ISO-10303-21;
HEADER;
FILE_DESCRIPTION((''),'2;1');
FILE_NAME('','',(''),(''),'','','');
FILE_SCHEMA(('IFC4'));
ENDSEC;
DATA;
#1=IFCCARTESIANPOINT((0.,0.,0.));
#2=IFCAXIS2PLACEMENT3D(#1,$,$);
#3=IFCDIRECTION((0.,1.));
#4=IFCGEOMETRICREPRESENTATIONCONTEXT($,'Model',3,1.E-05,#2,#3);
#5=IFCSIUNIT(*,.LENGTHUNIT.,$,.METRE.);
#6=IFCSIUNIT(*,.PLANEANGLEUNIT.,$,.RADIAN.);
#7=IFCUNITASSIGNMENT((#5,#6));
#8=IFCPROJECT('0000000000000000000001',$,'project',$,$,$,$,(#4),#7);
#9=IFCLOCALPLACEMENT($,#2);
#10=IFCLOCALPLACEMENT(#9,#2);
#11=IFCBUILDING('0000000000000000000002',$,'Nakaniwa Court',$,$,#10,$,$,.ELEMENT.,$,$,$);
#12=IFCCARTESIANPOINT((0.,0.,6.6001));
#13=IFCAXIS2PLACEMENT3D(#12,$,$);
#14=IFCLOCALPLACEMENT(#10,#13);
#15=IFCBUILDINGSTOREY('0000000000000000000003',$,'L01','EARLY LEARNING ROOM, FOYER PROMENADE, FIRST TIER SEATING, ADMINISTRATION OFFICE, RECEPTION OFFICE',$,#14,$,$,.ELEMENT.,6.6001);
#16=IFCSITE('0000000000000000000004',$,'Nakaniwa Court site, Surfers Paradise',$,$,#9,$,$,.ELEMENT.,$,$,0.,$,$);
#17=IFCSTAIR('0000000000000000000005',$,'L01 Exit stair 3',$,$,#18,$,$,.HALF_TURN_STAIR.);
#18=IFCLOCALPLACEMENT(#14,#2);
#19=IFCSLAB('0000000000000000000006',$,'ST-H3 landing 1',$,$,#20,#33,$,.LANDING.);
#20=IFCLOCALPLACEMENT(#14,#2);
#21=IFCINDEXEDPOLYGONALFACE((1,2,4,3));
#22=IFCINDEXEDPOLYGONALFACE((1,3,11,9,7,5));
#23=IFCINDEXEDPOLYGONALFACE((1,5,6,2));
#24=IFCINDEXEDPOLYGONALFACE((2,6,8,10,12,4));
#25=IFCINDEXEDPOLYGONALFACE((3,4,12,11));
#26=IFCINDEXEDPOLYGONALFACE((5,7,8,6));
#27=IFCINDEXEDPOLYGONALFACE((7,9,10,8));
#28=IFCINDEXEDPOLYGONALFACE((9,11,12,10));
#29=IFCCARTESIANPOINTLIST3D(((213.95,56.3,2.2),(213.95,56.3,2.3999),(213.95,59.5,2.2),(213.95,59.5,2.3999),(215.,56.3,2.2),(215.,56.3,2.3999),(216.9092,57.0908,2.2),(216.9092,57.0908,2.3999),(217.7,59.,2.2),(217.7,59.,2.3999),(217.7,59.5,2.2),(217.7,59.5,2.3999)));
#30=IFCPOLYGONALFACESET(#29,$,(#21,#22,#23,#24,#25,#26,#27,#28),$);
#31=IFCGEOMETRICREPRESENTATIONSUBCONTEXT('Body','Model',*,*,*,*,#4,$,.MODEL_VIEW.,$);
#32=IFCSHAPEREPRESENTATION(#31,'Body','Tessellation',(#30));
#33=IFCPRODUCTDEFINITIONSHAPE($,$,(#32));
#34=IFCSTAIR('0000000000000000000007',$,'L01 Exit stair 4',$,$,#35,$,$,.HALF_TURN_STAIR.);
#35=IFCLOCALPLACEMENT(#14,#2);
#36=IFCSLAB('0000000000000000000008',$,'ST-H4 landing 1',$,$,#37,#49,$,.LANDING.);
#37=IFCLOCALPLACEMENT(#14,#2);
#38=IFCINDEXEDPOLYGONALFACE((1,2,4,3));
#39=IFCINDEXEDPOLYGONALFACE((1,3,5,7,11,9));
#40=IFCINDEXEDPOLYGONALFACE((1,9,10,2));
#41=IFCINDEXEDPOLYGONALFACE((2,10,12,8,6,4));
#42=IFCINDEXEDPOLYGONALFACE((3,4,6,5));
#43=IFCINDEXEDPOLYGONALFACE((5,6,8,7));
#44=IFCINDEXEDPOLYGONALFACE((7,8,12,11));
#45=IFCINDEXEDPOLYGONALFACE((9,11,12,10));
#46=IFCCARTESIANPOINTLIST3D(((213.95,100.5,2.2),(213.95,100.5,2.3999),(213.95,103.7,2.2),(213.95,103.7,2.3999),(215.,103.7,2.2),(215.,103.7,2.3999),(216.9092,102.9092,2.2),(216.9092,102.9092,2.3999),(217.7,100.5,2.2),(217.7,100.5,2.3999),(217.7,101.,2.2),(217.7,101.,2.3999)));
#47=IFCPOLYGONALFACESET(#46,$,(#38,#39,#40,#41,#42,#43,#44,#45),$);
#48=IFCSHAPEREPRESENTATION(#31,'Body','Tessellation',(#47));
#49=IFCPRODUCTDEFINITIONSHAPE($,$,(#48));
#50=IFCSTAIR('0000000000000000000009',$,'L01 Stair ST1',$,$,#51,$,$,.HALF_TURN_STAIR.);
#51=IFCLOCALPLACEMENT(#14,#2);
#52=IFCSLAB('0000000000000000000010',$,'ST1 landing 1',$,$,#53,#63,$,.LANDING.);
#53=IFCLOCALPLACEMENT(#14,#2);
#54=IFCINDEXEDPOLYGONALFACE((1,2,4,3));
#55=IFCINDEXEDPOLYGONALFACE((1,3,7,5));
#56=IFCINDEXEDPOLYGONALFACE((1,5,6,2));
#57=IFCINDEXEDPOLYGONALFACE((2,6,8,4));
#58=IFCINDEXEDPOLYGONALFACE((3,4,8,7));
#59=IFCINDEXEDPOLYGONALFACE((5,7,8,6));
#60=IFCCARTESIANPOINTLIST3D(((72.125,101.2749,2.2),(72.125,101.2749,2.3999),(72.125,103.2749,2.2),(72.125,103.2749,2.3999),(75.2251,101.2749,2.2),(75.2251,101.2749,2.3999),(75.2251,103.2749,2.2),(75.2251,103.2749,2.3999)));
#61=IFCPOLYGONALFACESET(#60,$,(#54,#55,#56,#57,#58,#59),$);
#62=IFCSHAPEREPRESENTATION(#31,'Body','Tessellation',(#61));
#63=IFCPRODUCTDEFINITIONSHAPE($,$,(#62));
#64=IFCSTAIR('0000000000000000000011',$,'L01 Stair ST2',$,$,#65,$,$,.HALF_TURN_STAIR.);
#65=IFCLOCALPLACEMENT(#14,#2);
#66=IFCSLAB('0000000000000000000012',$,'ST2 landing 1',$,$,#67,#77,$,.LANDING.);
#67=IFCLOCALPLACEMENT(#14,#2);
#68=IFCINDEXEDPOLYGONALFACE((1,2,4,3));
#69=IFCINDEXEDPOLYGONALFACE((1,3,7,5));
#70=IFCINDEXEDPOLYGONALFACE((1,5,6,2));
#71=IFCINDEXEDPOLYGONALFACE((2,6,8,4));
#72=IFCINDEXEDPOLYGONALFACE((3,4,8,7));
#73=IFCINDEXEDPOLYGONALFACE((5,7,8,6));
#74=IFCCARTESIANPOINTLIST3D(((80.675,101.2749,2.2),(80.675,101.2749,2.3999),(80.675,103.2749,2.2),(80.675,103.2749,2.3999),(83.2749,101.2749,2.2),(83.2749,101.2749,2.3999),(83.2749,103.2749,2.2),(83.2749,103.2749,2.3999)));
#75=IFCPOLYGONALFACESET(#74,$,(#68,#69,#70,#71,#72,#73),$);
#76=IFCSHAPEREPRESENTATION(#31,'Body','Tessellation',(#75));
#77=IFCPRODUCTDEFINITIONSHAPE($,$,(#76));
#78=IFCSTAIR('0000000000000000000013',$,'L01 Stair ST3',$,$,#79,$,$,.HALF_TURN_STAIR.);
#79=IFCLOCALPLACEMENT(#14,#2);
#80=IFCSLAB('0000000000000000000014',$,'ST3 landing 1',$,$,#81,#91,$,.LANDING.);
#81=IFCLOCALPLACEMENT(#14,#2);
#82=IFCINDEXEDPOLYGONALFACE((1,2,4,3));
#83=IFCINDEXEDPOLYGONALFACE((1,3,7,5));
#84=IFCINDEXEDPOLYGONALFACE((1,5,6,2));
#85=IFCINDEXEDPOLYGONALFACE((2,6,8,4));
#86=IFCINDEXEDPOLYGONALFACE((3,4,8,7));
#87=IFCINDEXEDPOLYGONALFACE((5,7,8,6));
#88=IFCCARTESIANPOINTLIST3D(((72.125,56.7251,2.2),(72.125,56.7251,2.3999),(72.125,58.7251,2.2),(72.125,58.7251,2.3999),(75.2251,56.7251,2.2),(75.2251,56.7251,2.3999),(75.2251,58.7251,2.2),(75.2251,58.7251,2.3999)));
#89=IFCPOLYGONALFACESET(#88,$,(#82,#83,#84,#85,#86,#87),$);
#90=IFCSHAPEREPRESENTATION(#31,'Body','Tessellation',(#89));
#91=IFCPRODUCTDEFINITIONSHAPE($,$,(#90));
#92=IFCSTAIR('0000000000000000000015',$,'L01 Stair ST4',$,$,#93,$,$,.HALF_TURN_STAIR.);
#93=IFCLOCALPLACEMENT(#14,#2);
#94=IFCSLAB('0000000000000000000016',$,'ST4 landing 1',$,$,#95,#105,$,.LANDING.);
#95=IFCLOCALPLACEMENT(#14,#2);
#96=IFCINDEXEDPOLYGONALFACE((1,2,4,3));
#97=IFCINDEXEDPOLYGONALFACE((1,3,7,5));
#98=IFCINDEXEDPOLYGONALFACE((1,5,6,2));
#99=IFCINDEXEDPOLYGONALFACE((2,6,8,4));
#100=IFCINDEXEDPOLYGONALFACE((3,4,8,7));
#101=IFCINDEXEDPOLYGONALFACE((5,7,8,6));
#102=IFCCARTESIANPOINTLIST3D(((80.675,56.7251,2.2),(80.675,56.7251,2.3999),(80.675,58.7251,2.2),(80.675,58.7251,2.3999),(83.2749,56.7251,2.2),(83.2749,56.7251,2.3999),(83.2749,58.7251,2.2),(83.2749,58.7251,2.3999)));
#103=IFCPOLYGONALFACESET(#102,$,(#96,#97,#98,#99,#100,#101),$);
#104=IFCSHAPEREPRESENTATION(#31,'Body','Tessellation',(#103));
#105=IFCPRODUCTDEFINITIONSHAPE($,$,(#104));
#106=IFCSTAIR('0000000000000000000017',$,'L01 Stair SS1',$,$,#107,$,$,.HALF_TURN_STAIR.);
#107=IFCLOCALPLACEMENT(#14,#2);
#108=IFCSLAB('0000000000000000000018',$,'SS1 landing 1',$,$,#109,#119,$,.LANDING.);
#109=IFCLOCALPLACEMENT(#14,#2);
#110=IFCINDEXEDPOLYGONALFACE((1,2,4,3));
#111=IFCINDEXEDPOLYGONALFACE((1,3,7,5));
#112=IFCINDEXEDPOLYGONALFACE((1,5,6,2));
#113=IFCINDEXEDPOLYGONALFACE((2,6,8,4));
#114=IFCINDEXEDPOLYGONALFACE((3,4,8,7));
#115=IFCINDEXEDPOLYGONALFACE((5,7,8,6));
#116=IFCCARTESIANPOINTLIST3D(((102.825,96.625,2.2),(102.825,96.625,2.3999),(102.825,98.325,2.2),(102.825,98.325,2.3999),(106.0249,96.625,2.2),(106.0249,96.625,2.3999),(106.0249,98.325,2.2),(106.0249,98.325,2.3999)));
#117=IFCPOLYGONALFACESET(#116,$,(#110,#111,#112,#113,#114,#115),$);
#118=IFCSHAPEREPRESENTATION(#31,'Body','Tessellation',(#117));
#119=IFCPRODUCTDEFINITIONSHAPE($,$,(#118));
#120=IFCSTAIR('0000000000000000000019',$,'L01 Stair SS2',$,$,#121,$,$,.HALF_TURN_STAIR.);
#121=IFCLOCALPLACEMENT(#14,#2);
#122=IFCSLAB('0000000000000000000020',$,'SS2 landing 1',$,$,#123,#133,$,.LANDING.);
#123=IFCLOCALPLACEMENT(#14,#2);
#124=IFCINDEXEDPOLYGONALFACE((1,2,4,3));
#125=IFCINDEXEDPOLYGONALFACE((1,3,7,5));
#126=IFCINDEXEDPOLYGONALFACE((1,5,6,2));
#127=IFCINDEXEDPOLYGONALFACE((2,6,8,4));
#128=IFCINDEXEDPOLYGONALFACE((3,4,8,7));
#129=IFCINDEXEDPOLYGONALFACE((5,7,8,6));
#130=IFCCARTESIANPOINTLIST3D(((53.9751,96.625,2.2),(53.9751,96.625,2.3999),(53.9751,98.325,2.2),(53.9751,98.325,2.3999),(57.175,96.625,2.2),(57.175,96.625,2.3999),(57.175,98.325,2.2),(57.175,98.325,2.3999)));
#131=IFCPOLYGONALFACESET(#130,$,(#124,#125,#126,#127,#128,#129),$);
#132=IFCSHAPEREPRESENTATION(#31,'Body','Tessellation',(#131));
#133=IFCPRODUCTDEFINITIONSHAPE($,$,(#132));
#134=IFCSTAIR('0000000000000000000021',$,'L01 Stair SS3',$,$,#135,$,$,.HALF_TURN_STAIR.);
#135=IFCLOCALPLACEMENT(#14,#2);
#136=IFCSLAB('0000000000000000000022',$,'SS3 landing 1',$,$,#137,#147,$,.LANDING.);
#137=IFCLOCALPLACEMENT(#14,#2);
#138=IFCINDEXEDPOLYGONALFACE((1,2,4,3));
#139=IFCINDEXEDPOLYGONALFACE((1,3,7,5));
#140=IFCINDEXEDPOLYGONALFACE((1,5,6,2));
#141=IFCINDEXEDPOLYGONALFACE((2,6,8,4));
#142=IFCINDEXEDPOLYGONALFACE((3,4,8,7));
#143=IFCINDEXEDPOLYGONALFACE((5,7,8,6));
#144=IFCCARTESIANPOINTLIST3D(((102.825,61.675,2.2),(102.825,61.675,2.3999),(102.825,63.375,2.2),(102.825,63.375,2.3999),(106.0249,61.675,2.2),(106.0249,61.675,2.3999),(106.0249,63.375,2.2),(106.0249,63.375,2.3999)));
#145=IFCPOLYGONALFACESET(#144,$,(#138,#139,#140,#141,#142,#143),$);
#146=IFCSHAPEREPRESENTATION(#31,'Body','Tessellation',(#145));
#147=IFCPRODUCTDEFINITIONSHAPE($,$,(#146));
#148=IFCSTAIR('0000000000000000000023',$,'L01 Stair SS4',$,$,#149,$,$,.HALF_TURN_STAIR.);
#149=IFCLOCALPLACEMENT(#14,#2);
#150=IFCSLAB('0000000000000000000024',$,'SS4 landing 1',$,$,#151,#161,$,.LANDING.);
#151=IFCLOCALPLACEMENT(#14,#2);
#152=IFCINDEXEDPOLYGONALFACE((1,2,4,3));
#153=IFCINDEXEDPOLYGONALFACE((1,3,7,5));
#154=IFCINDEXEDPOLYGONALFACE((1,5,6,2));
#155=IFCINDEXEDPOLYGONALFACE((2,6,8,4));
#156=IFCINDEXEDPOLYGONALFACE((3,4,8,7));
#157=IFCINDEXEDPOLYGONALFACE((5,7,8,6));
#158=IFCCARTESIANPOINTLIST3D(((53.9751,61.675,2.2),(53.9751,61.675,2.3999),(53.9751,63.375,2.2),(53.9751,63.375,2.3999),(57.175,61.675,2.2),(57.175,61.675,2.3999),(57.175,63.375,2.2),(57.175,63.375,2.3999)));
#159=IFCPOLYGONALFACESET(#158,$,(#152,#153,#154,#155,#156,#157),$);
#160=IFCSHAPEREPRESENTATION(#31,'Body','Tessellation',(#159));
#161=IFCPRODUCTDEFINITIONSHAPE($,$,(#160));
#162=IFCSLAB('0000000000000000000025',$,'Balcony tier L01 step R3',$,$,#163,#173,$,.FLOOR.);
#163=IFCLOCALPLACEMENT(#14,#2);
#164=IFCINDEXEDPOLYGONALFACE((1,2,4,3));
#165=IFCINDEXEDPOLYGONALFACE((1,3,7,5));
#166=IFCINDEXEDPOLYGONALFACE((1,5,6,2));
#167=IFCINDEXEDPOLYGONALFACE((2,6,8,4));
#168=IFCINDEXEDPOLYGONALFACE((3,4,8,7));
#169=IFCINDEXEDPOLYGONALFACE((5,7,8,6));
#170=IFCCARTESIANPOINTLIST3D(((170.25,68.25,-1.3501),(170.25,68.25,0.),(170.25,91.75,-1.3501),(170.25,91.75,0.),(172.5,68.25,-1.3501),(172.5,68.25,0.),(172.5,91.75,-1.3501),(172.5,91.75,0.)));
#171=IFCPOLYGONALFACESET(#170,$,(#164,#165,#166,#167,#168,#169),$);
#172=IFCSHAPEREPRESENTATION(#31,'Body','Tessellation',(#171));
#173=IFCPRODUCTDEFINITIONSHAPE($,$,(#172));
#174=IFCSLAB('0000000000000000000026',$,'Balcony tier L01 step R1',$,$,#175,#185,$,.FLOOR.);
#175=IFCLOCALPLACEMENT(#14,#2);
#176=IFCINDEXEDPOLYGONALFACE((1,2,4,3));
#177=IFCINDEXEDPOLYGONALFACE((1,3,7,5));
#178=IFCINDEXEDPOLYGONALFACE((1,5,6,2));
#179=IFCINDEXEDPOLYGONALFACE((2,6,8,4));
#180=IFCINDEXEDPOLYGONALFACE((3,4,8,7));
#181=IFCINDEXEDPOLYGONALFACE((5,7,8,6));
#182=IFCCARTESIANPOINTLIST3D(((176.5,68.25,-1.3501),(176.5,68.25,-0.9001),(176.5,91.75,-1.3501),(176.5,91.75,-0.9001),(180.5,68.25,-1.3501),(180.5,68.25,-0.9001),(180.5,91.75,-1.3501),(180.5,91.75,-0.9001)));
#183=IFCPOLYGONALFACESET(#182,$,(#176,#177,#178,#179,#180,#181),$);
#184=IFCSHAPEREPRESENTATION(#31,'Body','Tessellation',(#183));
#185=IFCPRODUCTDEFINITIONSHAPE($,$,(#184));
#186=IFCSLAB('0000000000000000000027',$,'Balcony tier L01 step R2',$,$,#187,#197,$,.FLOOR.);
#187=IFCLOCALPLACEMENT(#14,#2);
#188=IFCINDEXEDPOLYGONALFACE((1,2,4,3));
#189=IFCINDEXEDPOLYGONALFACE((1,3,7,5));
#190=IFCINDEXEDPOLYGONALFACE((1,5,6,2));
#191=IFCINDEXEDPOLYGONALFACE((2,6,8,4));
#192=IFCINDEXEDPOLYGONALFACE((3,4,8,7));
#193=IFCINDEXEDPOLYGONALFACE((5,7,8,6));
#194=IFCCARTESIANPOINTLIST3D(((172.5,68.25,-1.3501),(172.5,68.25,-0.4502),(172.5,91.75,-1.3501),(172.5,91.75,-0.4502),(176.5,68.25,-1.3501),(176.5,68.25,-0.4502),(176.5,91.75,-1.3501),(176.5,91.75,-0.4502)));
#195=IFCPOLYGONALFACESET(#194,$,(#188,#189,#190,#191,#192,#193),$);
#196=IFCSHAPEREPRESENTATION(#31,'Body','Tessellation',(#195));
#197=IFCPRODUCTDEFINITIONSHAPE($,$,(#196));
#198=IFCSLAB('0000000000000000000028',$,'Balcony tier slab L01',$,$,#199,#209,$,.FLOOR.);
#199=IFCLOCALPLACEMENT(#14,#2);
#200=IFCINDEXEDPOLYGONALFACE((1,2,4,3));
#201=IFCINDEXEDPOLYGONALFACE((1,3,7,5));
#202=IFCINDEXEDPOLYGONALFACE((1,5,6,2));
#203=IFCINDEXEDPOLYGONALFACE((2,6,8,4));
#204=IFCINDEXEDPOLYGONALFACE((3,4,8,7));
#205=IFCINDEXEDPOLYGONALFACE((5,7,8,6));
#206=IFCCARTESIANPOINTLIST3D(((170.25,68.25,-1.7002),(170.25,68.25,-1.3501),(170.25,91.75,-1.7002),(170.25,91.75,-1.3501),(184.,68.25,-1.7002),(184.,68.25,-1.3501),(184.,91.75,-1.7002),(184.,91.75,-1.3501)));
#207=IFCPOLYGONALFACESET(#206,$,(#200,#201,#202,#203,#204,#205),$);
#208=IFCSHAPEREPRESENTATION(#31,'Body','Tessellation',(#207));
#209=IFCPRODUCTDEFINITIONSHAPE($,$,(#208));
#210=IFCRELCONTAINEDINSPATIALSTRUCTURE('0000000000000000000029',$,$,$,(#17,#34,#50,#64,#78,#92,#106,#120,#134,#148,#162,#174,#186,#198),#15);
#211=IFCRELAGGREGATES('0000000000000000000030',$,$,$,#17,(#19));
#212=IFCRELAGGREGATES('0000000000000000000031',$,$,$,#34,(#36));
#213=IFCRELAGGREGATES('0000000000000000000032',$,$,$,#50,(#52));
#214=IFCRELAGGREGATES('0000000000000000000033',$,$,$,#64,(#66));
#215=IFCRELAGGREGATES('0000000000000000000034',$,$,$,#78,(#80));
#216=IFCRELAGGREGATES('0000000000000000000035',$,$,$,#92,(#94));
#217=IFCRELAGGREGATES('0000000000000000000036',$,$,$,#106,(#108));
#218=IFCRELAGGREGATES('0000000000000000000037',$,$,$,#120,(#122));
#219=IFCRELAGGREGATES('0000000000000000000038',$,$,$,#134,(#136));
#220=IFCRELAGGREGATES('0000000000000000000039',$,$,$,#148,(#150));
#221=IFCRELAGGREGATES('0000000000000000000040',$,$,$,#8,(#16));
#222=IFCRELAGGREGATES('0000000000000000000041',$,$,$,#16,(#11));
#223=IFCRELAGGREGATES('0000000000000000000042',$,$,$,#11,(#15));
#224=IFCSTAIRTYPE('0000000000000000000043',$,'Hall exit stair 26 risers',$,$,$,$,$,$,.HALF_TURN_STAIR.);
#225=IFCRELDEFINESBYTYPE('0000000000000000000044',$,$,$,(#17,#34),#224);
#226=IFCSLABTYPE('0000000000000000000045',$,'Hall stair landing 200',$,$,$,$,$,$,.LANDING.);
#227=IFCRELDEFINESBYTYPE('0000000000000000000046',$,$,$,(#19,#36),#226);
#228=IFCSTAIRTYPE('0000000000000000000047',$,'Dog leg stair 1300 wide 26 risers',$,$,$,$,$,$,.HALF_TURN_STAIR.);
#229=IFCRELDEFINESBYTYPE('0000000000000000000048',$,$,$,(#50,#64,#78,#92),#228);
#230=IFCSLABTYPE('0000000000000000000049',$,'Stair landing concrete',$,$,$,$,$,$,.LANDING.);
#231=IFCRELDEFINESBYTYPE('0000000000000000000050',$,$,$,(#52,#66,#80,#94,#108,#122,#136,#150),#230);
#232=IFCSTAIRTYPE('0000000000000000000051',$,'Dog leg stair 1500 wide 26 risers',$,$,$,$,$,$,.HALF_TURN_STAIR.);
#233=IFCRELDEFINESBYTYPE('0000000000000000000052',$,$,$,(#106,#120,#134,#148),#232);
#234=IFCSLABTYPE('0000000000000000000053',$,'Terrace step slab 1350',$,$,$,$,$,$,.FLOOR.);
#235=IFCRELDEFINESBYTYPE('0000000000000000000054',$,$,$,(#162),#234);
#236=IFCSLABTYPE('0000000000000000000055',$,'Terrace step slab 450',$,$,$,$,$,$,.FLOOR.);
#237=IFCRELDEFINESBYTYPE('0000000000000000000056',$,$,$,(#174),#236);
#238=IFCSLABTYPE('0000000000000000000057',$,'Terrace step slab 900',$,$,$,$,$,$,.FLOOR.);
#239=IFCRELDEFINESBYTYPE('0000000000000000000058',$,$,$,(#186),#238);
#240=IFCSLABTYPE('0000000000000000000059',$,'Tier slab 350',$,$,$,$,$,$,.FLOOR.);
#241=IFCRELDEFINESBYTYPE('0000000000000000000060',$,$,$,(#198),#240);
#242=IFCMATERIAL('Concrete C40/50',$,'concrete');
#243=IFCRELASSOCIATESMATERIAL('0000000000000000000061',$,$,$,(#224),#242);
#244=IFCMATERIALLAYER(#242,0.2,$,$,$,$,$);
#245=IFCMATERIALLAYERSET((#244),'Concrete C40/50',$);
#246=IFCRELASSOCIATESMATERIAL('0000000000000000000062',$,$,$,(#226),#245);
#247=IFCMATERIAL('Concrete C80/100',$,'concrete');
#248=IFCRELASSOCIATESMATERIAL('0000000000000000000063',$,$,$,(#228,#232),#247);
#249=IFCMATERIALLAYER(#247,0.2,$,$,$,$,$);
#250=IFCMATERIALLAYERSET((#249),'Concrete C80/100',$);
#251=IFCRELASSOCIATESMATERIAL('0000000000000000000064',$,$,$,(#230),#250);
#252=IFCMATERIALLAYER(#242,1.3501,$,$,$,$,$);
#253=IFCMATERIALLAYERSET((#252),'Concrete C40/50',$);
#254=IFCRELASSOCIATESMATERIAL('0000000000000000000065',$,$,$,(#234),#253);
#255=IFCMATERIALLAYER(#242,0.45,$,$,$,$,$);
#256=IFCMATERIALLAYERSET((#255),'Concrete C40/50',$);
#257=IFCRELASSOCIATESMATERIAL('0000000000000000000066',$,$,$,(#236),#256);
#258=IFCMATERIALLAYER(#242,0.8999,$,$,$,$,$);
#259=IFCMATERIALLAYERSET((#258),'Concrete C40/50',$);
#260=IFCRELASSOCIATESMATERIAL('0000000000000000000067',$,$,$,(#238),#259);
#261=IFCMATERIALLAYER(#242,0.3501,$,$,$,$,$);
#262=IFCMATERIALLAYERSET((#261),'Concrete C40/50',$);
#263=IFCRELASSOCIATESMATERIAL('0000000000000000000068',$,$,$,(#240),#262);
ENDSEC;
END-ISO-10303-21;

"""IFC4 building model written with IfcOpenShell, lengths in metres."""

from ifc_helpers import new_model, si_unit, direction, frame, origin, place, context, subcontext, project, spatial, polyline, outline, extrude, material, layer, layer_set, type_object, element, aggregate, save


model = new_model("IFC4")

# Units and contexts
model_context = context("Model", 3, precision=1e-05, world=origin(), true_north=direction((0.0, 1.0)))
body_context = subcontext(model_context, "Body", "Model", "MODEL_VIEW")
ifc_project = project(units=[si_unit("LENGTHUNIT", "METRE"), si_unit("PLANEANGLEUNIT", "RADIAN")], contexts=[model_context])

# Site, building, storey
site_placement = place(None, origin())
site = spatial("IfcSite", under=ifc_project, at=site_placement, Name="Nakaniwa Court site, Surfers Paradise", CompositionType="ELEMENT", RefElevation=0.0)
building_placement = place(site_placement, origin())
building = spatial("IfcBuilding", under=site, at=building_placement, Name="Nakaniwa Court", CompositionType="ELEMENT")
storey_placement = place(building_placement, frame((0.0, 0.0, 6.6001)))
storey = spatial("IfcBuildingStorey", under=building, at=storey_placement, Name="L01", Description="EARLY LEARNING ROOM, FOYER PROMENADE, FIRST TIER SEATING, ADMINISTRATION OFFICE, RECEPTION OFFICE", CompositionType="ELEMENT", Elevation=6.6001)

# Shared definitions
ifc_material_1 = material(Name="Concrete C40/50", Category="concrete")

# Stairs, slabs
stair_type_1 = type_object("IfcStairType", Name="Hall exit stair 26 risers", PredefinedType="HALF_TURN_STAIR", material=ifc_material_1)
ifc_layer_1 = layer(ifc_material_1, 0.2)
ifc_layer_set_1 = layer_set([ifc_layer_1], Name="Concrete C40/50")
slab_type_1 = type_object("IfcSlabType", Name="Hall stair landing 200", PredefinedType="LANDING", material=ifc_layer_set_1)
stair_1_placement = place(storey_placement, origin())
stair_1 = element("IfcStair", 1, at=stair_1_placement, inside=storey, type_object=stair_type_1, Name="L01 Exit stair 3", PredefinedType="HALF_TURN_STAIR")
slab_1_placement = place(storey_placement, frame((0.0, 0.0, 2.2)))
slab_1 = element("IfcSlab", 2, at=slab_1_placement, type_object=slab_type_1, Name="ST-H3 landing 1", PredefinedType="LANDING", context=body_context, shape_type="SweptSolid", body=[
    extrude(outline(polyline([(213.95, 56.3), (215.0, 56.3), (216.9092, 57.0908), (217.7, 59.0), (217.7, 59.5), (213.95, 59.5), (213.95, 56.3)])), origin(), (0.0, 0.0, 1.0), 0.2),
])
aggregate(stair_1, [slab_1])
stair_2_placement = place(storey_placement, origin())
stair_2 = element("IfcStair", 3, at=stair_2_placement, inside=storey, type_object=stair_type_1, Name="L01 Exit stair 4", PredefinedType="HALF_TURN_STAIR")
slab_2_placement = place(storey_placement, frame((0.0, 0.0, 2.2)))
slab_2 = element("IfcSlab", 4, at=slab_2_placement, type_object=slab_type_1, Name="ST-H4 landing 1", PredefinedType="LANDING", context=body_context, shape_type="SweptSolid", body=[
    extrude(outline(polyline([(217.7, 101.0), (216.9092, 102.9092), (215.0, 103.7), (213.95, 103.7), (213.95, 100.5), (217.7, 100.5), (217.7, 101.0)])), origin(), (0.0, 0.0, 1.0), 0.2),
])
aggregate(stair_2, [slab_2])
ifc_material_2 = material(Name="Concrete C80/100", Category="concrete")
stair_type_2 = type_object("IfcStairType", Name="Dog leg stair 1300 wide 26 risers", PredefinedType="HALF_TURN_STAIR", material=ifc_material_2)
stair_3_placement = place(storey_placement, origin())
stair_3 = element("IfcStair", 5, at=stair_3_placement, inside=storey, type_object=stair_type_2, Name="L01 Stair ST1", PredefinedType="HALF_TURN_STAIR")
ifc_layer_2 = layer(ifc_material_2, 0.2)
ifc_layer_set_2 = layer_set([ifc_layer_2], Name="Concrete C80/100")
slab_type_2 = type_object("IfcSlabType", Name="Stair landing concrete", PredefinedType="LANDING", material=ifc_layer_set_2)
slab_3_placement = place(storey_placement, frame((0.0, 0.0, 2.2)))
slab_3 = element("IfcSlab", 6, at=slab_3_placement, type_object=slab_type_2, Name="ST1 landing 1", PredefinedType="LANDING", context=body_context, shape_type="SweptSolid", body=[
    extrude(outline(polyline([(75.2251, 101.2749), (75.2251, 103.2749), (72.125, 103.2749), (72.125, 101.2749), (75.2251, 101.2749)])), origin(), (0.0, 0.0, 1.0), 0.2),
])
aggregate(stair_3, [slab_3])
stair_4_placement = place(storey_placement, origin())
stair_4 = element("IfcStair", 7, at=stair_4_placement, inside=storey, type_object=stair_type_2, Name="L01 Stair ST2", PredefinedType="HALF_TURN_STAIR")
slab_4_placement = place(storey_placement, frame((0.0, 0.0, 2.2)))
slab_4 = element("IfcSlab", 8, at=slab_4_placement, type_object=slab_type_2, Name="ST2 landing 1", PredefinedType="LANDING", context=body_context, shape_type="SweptSolid", body=[
    extrude(outline(polyline([(83.2749, 101.2749), (83.2749, 103.2749), (80.675, 103.2749), (80.675, 101.2749), (83.2749, 101.2749)])), origin(), (0.0, 0.0, 1.0), 0.2),
])
aggregate(stair_4, [slab_4])
stair_5_placement = place(storey_placement, origin())
stair_5 = element("IfcStair", 9, at=stair_5_placement, inside=storey, type_object=stair_type_2, Name="L01 Stair ST3", PredefinedType="HALF_TURN_STAIR")
slab_5_placement = place(storey_placement, frame((0.0, 0.0, 2.2)))
slab_5 = element("IfcSlab", 10, at=slab_5_placement, type_object=slab_type_2, Name="ST3 landing 1", PredefinedType="LANDING", context=body_context, shape_type="SweptSolid", body=[
    extrude(outline(polyline([(75.2251, 56.7251), (75.2251, 58.7251), (72.125, 58.7251), (72.125, 56.7251), (75.2251, 56.7251)])), origin(), (0.0, 0.0, 1.0), 0.2),
])
aggregate(stair_5, [slab_5])
stair_6_placement = place(storey_placement, origin())
stair_6 = element("IfcStair", 11, at=stair_6_placement, inside=storey, type_object=stair_type_2, Name="L01 Stair ST4", PredefinedType="HALF_TURN_STAIR")
slab_6_placement = place(storey_placement, frame((0.0, 0.0, 2.2)))
slab_6 = element("IfcSlab", 12, at=slab_6_placement, type_object=slab_type_2, Name="ST4 landing 1", PredefinedType="LANDING", context=body_context, shape_type="SweptSolid", body=[
    extrude(outline(polyline([(83.2749, 56.7251), (83.2749, 58.7251), (80.675, 58.7251), (80.675, 56.7251), (83.2749, 56.7251)])), origin(), (0.0, 0.0, 1.0), 0.2),
])
aggregate(stair_6, [slab_6])
stair_type_3 = type_object("IfcStairType", Name="Dog leg stair 1500 wide 26 risers", PredefinedType="HALF_TURN_STAIR", material=ifc_material_2)
stair_7_placement = place(storey_placement, origin())
stair_7 = element("IfcStair", 13, at=stair_7_placement, inside=storey, type_object=stair_type_3, Name="L01 Stair SS1", PredefinedType="HALF_TURN_STAIR")
slab_7_placement = place(storey_placement, frame((0.0, 0.0, 2.2)))
slab_7 = element("IfcSlab", 14, at=slab_7_placement, type_object=slab_type_2, Name="SS1 landing 1", PredefinedType="LANDING", context=body_context, shape_type="SweptSolid", body=[
    extrude(outline(polyline([(106.0249, 96.625), (106.0249, 98.325), (102.825, 98.325), (102.825, 96.625), (106.0249, 96.625)])), origin(), (0.0, 0.0, 1.0), 0.2),
])
aggregate(stair_7, [slab_7])
stair_8_placement = place(storey_placement, origin())
stair_8 = element("IfcStair", 15, at=stair_8_placement, inside=storey, type_object=stair_type_3, Name="L01 Stair SS2", PredefinedType="HALF_TURN_STAIR")
slab_8_placement = place(storey_placement, frame((0.0, 0.0, 2.2)))
slab_8 = element("IfcSlab", 16, at=slab_8_placement, type_object=slab_type_2, Name="SS2 landing 1", PredefinedType="LANDING", context=body_context, shape_type="SweptSolid", body=[
    extrude(outline(polyline([(57.175, 96.625), (57.175, 98.325), (53.9751, 98.325), (53.9751, 96.625), (57.175, 96.625)])), origin(), (0.0, 0.0, 1.0), 0.2),
])
aggregate(stair_8, [slab_8])
stair_9_placement = place(storey_placement, origin())
stair_9 = element("IfcStair", 17, at=stair_9_placement, inside=storey, type_object=stair_type_3, Name="L01 Stair SS3", PredefinedType="HALF_TURN_STAIR")
slab_9_placement = place(storey_placement, frame((0.0, 0.0, 2.2)))
slab_9 = element("IfcSlab", 18, at=slab_9_placement, type_object=slab_type_2, Name="SS3 landing 1", PredefinedType="LANDING", context=body_context, shape_type="SweptSolid", body=[
    extrude(outline(polyline([(106.0249, 61.675), (106.0249, 63.375), (102.825, 63.375), (102.825, 61.675), (106.0249, 61.675)])), origin(), (0.0, 0.0, 1.0), 0.2),
])
aggregate(stair_9, [slab_9])
stair_10_placement = place(storey_placement, origin())
stair_10 = element("IfcStair", 19, at=stair_10_placement, inside=storey, type_object=stair_type_3, Name="L01 Stair SS4", PredefinedType="HALF_TURN_STAIR")
slab_10_placement = place(storey_placement, frame((0.0, 0.0, 2.2)))
slab_10 = element("IfcSlab", 20, at=slab_10_placement, type_object=slab_type_2, Name="SS4 landing 1", PredefinedType="LANDING", context=body_context, shape_type="SweptSolid", body=[
    extrude(outline(polyline([(57.175, 61.675), (57.175, 63.375), (53.9751, 63.375), (53.9751, 61.675), (57.175, 61.675)])), origin(), (0.0, 0.0, 1.0), 0.2),
])
aggregate(stair_10, [slab_10])

# Slabs
ifc_layer_3 = layer(ifc_material_1, 1.3501)
ifc_layer_set_3 = layer_set([ifc_layer_3], Name="Concrete C40/50")
slab_type_3 = type_object("IfcSlabType", Name="Terrace step slab 1350", PredefinedType="FLOOR", material=ifc_layer_set_3)
slab_11_placement = place(storey_placement, frame((0.0, 0.0, -1.3501)))
element("IfcSlab", 21, at=slab_11_placement, inside=storey, type_object=slab_type_3, Name="Balcony tier L01 step R3", PredefinedType="FLOOR", context=body_context, shape_type="SweptSolid", body=[
    extrude(outline(polyline([(172.5, 68.25), (172.5, 91.75), (170.25, 91.75), (170.25, 68.25), (172.5, 68.25)])), origin(), (0.0, 0.0, 1.0), 1.3501),
])
ifc_layer_4 = layer(ifc_material_1, 0.45)
ifc_layer_set_4 = layer_set([ifc_layer_4], Name="Concrete C40/50")
slab_type_4 = type_object("IfcSlabType", Name="Terrace step slab 450", PredefinedType="FLOOR", material=ifc_layer_set_4)
slab_12_placement = place(storey_placement, frame((0.0, 0.0, -1.3501)))
element("IfcSlab", 22, at=slab_12_placement, inside=storey, type_object=slab_type_4, Name="Balcony tier L01 step R1", PredefinedType="FLOOR", context=body_context, shape_type="SweptSolid", body=[
    extrude(outline(polyline([(180.5, 68.25), (180.5, 91.75), (176.5, 91.75), (176.5, 68.25), (180.5, 68.25)])), origin(), (0.0, 0.0, 1.0), 0.45),
])
ifc_layer_5 = layer(ifc_material_1, 0.8999)
ifc_layer_set_5 = layer_set([ifc_layer_5], Name="Concrete C40/50")
slab_type_5 = type_object("IfcSlabType", Name="Terrace step slab 900", PredefinedType="FLOOR", material=ifc_layer_set_5)
slab_13_placement = place(storey_placement, frame((0.0, 0.0, -1.3501)))
element("IfcSlab", 23, at=slab_13_placement, inside=storey, type_object=slab_type_5, Name="Balcony tier L01 step R2", PredefinedType="FLOOR", context=body_context, shape_type="SweptSolid", body=[
    extrude(outline(polyline([(176.5, 68.25), (176.5, 91.75), (172.5, 91.75), (172.5, 68.25), (176.5, 68.25)])), origin(), (0.0, 0.0, 1.0), 0.8999),
])
ifc_layer_6 = layer(ifc_material_1, 0.3501)
ifc_layer_set_6 = layer_set([ifc_layer_6], Name="Concrete C40/50")
slab_type_6 = type_object("IfcSlabType", Name="Tier slab 350", PredefinedType="FLOOR", material=ifc_layer_set_6)
slab_14_placement = place(storey_placement, frame((0.0, 0.0, -1.7002)))
element("IfcSlab", 24, at=slab_14_placement, inside=storey, type_object=slab_type_6, Name="Balcony tier slab L01", PredefinedType="FLOOR", context=body_context, shape_type="SweptSolid", body=[
    extrude(outline(polyline([(184.0, 68.25), (184.0, 91.75), (170.25, 91.75), (170.25, 68.25), (184.0, 68.25)])), origin(), (0.0, 0.0, 1.0), 0.3501),
])

save(model, "model.ifc")
